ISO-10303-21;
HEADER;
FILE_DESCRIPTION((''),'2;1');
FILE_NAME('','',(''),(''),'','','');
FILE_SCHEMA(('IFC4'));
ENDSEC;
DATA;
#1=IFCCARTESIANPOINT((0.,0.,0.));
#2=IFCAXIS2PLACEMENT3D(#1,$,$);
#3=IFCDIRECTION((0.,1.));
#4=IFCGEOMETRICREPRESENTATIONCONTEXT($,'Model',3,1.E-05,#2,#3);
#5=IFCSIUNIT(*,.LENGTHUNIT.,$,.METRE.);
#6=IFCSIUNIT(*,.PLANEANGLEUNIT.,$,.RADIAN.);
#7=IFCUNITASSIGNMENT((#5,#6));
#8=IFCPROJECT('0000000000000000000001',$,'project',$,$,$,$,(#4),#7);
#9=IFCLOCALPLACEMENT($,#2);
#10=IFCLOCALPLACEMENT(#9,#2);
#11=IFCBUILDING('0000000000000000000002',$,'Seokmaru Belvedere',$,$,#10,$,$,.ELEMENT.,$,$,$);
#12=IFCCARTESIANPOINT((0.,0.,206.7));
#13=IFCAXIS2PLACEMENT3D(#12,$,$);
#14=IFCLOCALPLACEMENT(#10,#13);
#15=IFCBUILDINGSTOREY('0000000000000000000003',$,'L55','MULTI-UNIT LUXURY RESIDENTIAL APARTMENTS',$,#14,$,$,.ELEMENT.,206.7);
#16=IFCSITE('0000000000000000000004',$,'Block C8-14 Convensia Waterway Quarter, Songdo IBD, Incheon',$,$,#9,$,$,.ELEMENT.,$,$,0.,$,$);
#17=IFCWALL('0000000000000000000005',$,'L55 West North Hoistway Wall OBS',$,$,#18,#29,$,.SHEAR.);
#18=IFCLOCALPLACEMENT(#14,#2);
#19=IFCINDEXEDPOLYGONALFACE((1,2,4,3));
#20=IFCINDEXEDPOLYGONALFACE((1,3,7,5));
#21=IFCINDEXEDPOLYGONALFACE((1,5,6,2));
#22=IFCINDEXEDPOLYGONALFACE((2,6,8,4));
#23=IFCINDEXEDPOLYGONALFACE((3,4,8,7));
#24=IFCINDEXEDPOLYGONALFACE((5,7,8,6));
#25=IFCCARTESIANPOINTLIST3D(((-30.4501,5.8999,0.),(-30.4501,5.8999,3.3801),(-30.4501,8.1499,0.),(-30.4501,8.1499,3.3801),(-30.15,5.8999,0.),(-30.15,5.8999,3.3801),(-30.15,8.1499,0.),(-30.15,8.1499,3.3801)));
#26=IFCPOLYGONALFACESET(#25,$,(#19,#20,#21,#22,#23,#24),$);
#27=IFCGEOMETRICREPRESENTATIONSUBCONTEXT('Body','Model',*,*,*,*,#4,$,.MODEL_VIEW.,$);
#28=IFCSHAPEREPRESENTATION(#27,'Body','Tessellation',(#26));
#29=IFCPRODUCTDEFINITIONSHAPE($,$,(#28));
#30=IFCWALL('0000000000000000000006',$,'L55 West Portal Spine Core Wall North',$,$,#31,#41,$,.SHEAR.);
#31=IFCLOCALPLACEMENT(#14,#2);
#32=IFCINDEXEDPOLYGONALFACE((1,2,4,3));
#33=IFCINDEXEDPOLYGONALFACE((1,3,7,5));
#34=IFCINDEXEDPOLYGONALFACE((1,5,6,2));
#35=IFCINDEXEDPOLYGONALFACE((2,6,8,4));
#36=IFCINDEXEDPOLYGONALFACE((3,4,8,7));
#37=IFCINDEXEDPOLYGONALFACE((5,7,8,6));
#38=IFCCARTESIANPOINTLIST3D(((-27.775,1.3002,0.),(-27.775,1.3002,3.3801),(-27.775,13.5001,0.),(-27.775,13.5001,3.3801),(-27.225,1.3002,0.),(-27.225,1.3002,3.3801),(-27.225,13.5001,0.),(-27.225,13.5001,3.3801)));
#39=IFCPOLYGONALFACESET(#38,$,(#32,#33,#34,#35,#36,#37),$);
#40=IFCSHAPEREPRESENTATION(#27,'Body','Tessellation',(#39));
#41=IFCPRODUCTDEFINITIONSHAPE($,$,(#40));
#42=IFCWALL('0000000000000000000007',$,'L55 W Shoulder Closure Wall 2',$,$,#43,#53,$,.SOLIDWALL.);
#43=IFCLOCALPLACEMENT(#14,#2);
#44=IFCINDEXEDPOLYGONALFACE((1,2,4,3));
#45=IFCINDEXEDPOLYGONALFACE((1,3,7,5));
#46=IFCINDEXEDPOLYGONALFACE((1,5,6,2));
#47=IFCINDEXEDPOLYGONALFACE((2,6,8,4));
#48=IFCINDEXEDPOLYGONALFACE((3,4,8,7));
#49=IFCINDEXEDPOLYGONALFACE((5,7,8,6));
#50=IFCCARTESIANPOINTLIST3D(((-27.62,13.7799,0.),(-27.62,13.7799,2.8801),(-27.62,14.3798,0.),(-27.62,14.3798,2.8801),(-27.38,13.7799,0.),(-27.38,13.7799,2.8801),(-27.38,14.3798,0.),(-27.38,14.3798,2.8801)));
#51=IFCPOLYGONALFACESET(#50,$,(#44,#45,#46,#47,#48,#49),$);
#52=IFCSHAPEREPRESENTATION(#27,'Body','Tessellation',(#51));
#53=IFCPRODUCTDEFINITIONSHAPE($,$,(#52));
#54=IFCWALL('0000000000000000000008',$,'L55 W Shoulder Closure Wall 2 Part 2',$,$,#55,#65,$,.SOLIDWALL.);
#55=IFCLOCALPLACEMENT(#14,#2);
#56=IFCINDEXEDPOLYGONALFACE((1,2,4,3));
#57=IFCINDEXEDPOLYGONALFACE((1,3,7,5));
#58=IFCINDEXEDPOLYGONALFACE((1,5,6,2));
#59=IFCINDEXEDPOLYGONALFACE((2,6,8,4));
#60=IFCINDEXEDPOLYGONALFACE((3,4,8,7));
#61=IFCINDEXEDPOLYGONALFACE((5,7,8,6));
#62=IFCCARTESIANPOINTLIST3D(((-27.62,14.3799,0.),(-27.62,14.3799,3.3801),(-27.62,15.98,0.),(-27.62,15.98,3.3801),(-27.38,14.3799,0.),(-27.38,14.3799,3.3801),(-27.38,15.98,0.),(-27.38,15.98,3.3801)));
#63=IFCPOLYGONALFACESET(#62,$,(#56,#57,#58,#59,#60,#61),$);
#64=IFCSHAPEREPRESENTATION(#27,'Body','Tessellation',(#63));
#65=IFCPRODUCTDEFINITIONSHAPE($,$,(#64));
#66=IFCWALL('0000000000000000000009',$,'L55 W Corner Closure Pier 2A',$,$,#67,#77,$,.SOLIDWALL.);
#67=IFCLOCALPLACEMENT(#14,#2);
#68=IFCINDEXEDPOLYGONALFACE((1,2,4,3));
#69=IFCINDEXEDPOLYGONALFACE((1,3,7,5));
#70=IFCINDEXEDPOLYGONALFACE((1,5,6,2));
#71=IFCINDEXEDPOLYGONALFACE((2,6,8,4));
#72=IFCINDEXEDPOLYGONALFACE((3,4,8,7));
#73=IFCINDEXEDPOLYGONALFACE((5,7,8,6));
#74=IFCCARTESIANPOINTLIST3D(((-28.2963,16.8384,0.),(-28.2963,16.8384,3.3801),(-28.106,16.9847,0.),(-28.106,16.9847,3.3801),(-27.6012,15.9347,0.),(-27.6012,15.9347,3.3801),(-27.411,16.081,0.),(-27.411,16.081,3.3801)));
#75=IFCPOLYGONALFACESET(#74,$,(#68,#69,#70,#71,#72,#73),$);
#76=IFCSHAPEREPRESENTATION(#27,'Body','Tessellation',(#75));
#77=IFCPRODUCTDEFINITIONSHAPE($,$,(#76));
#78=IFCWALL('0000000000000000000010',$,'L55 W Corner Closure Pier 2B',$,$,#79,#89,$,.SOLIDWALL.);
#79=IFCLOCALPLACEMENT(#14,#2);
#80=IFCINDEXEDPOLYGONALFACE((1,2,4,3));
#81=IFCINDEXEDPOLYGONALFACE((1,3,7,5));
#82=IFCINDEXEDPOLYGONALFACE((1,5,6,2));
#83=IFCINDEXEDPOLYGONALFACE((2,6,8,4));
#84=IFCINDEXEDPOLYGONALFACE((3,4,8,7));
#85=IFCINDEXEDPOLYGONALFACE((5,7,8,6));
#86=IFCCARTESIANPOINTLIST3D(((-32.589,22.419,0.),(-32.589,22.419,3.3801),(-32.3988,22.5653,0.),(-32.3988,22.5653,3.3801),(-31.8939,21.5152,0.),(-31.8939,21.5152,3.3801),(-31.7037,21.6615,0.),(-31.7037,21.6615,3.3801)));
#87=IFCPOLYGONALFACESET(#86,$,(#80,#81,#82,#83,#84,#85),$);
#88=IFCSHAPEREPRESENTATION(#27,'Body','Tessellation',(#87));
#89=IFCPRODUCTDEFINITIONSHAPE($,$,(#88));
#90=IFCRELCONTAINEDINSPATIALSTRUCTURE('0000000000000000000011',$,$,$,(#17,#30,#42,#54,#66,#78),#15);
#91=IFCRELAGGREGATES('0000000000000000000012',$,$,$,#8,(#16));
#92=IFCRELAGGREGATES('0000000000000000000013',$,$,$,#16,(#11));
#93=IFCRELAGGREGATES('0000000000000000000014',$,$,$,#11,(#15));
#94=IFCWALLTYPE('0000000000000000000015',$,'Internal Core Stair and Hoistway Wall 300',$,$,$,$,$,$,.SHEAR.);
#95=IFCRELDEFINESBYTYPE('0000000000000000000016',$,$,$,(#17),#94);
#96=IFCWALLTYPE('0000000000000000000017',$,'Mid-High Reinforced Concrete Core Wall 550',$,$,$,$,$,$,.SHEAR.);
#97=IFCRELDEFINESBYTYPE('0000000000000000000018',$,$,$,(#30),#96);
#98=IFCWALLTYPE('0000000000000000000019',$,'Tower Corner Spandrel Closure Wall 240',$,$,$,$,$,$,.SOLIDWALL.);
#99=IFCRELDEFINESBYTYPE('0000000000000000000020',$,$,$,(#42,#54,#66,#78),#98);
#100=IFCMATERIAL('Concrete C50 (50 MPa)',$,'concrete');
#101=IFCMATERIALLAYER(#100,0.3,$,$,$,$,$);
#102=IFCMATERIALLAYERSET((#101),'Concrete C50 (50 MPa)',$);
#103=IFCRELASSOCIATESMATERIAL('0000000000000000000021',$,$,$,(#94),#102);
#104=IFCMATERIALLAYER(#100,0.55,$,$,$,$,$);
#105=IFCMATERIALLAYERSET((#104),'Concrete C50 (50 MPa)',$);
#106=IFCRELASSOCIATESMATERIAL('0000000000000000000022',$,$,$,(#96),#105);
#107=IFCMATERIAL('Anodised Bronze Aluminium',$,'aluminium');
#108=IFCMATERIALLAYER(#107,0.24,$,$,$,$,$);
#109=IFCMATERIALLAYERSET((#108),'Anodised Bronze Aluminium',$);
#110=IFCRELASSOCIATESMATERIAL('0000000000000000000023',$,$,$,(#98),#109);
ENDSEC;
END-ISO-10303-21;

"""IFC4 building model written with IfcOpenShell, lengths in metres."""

from ifc_helpers import new_model, si_unit, direction, frame, frame_2d, origin, place, context, subcontext, project, spatial, rectangle, extrude, material, layer, layer_set, type_object, element, save


model = new_model("IFC4")

# Units and contexts
model_context = context("Model", 3, precision=1e-05, world=origin(), true_north=direction((0.0, 1.0)))
body_context = subcontext(model_context, "Body", "Model", "MODEL_VIEW")
ifc_project = project(units=[si_unit("LENGTHUNIT", "METRE"), si_unit("PLANEANGLEUNIT", "RADIAN")], contexts=[model_context])

# Site, building, storey
site_placement = place(None, origin())
site = spatial("IfcSite", under=ifc_project, at=site_placement, Name="Block C8-14 Convensia Waterway Quarter, Songdo IBD, Incheon", CompositionType="ELEMENT", RefElevation=0.0)
building_placement = place(site_placement, origin())
building = spatial("IfcBuilding", under=site, at=building_placement, Name="Seokmaru Belvedere", CompositionType="ELEMENT")
storey_placement = place(building_placement, frame((0.0, 0.0, 206.7)))
storey = spatial("IfcBuildingStorey", under=building, at=storey_placement, Name="L55", Description="MULTI-UNIT LUXURY RESIDENTIAL APARTMENTS", CompositionType="ELEMENT", Elevation=206.7)

# Shared definitions
ifc_material_1 = material(Name="Anodised Bronze Aluminium", Category="aluminium")

# Shared definitions
ifc_material_2 = material(Name="Concrete C50 (50 MPa)", Category="concrete")

# Shared definitions
ifc_layer_1 = layer(ifc_material_2, 0.3)
ifc_layer_set_1 = layer_set([ifc_layer_1], Name="Concrete C50 (50 MPa)")
wall_type_1 = type_object("IfcWallType", Name="Internal Core Stair and Hoistway Wall 300", PredefinedType="SHEAR", material=ifc_layer_set_1)

# Wall
wall_1_placement = place(storey_placement, frame((-30.3, 5.8999, 0.0), z_axis=(0.0, 0.0, 1.0), x_axis=(0.0, 1.0, 0.0)))
element("IfcWall", 1, at=wall_1_placement, inside=storey, type_object=wall_type_1, Name="L55 West North Hoistway Wall OBS", PredefinedType="SHEAR", context=body_context, shape_type="SweptSolid", body=[
    extrude(rectangle(XDim=2.25, YDim=0.3, at=frame_2d((1.125, 0.0))), origin(), (0.0, 0.0, 1.0), 3.3801),
])

# Walls
ifc_layer_2 = layer(ifc_material_2, 0.55)
ifc_layer_set_2 = layer_set([ifc_layer_2], Name="Concrete C50 (50 MPa)")
wall_type_2 = type_object("IfcWallType", Name="Mid-High Reinforced Concrete Core Wall 550", PredefinedType="SHEAR", material=ifc_layer_set_2)
wall_2_placement = place(storey_placement, frame((-27.5, 1.3, 0.0), z_axis=(0.0, 0.0, 1.0), x_axis=(0.0, 1.0, 0.0)))
element("IfcWall", 2, at=wall_2_placement, inside=storey, type_object=wall_type_2, Name="L55 West Portal Spine Core Wall North", PredefinedType="SHEAR", context=body_context, shape_type="SweptSolid", body=[
    extrude(rectangle(XDim=12.2, YDim=0.55, at=frame_2d((6.1001, 0.0))), origin(), (0.0, 0.0, 1.0), 3.3801),
])
ifc_layer_3 = layer(ifc_material_1, 0.24)
ifc_layer_set_3 = layer_set([ifc_layer_3], Name="Anodised Bronze Aluminium")
wall_type_3 = type_object("IfcWallType", Name="Tower Corner Spandrel Closure Wall 240", PredefinedType="SOLIDWALL", material=ifc_layer_set_3)
wall_3_placement = place(storey_placement, frame((-27.5, 13.78, 0.0), z_axis=(0.0, 0.0, 1.0), x_axis=(0.0, 1.0, 0.0)))
element("IfcWall", 3, at=wall_3_placement, inside=storey, type_object=wall_type_3, Name="L55 W Shoulder Closure Wall 2", PredefinedType="SOLIDWALL", context=body_context, shape_type="SweptSolid", body=[
    extrude(rectangle(XDim=0.5999, YDim=0.24, at=frame_2d((0.2998, 0.0))), origin(), (0.0, 0.0, 1.0), 2.8801),
])
wall_4_placement = place(storey_placement, frame((-27.5, 14.3799, 0.0), z_axis=(0.0, 0.0, 1.0), x_axis=(0.0, 1.0, 0.0)))
element("IfcWall", 4, at=wall_4_placement, inside=storey, type_object=wall_type_3, Name="L55 W Shoulder Closure Wall 2 Part 2", PredefinedType="SOLIDWALL", context=body_context, shape_type="SweptSolid", body=[
    extrude(rectangle(XDim=1.6001, YDim=0.24, at=frame_2d((0.8, 0.0))), origin(), (0.0, 0.0, 1.0), 3.3801),
])
for number, where, z_axis, x_axis, name in (
    (5, (-27.5061, 16.0078, 0.0), (0.0, 0.0, 1.0), (-0.609618, 0.792696, 0.0), "L55 W Corner Closure Pier 2A"),
    (6, (-31.7988, 21.5884, 0.0), (0.0, 0.0, 1.0), (-0.609618, 0.792696, 0.0), "L55 W Corner Closure Pier 2B"),
):
    element("IfcWall", number, at=place(storey_placement, frame(where, z_axis=z_axis, x_axis=x_axis)), inside=storey, type_object=wall_type_3, Name=name, PredefinedType="SOLIDWALL", context=body_context, shape_type="SweptSolid", body=[
        extrude(rectangle(XDim=1.1401, YDim=0.24, at=frame_2d((0.5701, 0.0))), origin(), (0.0, 0.0, 1.0), 3.3801),
    ])

save(model, "model.ifc")
